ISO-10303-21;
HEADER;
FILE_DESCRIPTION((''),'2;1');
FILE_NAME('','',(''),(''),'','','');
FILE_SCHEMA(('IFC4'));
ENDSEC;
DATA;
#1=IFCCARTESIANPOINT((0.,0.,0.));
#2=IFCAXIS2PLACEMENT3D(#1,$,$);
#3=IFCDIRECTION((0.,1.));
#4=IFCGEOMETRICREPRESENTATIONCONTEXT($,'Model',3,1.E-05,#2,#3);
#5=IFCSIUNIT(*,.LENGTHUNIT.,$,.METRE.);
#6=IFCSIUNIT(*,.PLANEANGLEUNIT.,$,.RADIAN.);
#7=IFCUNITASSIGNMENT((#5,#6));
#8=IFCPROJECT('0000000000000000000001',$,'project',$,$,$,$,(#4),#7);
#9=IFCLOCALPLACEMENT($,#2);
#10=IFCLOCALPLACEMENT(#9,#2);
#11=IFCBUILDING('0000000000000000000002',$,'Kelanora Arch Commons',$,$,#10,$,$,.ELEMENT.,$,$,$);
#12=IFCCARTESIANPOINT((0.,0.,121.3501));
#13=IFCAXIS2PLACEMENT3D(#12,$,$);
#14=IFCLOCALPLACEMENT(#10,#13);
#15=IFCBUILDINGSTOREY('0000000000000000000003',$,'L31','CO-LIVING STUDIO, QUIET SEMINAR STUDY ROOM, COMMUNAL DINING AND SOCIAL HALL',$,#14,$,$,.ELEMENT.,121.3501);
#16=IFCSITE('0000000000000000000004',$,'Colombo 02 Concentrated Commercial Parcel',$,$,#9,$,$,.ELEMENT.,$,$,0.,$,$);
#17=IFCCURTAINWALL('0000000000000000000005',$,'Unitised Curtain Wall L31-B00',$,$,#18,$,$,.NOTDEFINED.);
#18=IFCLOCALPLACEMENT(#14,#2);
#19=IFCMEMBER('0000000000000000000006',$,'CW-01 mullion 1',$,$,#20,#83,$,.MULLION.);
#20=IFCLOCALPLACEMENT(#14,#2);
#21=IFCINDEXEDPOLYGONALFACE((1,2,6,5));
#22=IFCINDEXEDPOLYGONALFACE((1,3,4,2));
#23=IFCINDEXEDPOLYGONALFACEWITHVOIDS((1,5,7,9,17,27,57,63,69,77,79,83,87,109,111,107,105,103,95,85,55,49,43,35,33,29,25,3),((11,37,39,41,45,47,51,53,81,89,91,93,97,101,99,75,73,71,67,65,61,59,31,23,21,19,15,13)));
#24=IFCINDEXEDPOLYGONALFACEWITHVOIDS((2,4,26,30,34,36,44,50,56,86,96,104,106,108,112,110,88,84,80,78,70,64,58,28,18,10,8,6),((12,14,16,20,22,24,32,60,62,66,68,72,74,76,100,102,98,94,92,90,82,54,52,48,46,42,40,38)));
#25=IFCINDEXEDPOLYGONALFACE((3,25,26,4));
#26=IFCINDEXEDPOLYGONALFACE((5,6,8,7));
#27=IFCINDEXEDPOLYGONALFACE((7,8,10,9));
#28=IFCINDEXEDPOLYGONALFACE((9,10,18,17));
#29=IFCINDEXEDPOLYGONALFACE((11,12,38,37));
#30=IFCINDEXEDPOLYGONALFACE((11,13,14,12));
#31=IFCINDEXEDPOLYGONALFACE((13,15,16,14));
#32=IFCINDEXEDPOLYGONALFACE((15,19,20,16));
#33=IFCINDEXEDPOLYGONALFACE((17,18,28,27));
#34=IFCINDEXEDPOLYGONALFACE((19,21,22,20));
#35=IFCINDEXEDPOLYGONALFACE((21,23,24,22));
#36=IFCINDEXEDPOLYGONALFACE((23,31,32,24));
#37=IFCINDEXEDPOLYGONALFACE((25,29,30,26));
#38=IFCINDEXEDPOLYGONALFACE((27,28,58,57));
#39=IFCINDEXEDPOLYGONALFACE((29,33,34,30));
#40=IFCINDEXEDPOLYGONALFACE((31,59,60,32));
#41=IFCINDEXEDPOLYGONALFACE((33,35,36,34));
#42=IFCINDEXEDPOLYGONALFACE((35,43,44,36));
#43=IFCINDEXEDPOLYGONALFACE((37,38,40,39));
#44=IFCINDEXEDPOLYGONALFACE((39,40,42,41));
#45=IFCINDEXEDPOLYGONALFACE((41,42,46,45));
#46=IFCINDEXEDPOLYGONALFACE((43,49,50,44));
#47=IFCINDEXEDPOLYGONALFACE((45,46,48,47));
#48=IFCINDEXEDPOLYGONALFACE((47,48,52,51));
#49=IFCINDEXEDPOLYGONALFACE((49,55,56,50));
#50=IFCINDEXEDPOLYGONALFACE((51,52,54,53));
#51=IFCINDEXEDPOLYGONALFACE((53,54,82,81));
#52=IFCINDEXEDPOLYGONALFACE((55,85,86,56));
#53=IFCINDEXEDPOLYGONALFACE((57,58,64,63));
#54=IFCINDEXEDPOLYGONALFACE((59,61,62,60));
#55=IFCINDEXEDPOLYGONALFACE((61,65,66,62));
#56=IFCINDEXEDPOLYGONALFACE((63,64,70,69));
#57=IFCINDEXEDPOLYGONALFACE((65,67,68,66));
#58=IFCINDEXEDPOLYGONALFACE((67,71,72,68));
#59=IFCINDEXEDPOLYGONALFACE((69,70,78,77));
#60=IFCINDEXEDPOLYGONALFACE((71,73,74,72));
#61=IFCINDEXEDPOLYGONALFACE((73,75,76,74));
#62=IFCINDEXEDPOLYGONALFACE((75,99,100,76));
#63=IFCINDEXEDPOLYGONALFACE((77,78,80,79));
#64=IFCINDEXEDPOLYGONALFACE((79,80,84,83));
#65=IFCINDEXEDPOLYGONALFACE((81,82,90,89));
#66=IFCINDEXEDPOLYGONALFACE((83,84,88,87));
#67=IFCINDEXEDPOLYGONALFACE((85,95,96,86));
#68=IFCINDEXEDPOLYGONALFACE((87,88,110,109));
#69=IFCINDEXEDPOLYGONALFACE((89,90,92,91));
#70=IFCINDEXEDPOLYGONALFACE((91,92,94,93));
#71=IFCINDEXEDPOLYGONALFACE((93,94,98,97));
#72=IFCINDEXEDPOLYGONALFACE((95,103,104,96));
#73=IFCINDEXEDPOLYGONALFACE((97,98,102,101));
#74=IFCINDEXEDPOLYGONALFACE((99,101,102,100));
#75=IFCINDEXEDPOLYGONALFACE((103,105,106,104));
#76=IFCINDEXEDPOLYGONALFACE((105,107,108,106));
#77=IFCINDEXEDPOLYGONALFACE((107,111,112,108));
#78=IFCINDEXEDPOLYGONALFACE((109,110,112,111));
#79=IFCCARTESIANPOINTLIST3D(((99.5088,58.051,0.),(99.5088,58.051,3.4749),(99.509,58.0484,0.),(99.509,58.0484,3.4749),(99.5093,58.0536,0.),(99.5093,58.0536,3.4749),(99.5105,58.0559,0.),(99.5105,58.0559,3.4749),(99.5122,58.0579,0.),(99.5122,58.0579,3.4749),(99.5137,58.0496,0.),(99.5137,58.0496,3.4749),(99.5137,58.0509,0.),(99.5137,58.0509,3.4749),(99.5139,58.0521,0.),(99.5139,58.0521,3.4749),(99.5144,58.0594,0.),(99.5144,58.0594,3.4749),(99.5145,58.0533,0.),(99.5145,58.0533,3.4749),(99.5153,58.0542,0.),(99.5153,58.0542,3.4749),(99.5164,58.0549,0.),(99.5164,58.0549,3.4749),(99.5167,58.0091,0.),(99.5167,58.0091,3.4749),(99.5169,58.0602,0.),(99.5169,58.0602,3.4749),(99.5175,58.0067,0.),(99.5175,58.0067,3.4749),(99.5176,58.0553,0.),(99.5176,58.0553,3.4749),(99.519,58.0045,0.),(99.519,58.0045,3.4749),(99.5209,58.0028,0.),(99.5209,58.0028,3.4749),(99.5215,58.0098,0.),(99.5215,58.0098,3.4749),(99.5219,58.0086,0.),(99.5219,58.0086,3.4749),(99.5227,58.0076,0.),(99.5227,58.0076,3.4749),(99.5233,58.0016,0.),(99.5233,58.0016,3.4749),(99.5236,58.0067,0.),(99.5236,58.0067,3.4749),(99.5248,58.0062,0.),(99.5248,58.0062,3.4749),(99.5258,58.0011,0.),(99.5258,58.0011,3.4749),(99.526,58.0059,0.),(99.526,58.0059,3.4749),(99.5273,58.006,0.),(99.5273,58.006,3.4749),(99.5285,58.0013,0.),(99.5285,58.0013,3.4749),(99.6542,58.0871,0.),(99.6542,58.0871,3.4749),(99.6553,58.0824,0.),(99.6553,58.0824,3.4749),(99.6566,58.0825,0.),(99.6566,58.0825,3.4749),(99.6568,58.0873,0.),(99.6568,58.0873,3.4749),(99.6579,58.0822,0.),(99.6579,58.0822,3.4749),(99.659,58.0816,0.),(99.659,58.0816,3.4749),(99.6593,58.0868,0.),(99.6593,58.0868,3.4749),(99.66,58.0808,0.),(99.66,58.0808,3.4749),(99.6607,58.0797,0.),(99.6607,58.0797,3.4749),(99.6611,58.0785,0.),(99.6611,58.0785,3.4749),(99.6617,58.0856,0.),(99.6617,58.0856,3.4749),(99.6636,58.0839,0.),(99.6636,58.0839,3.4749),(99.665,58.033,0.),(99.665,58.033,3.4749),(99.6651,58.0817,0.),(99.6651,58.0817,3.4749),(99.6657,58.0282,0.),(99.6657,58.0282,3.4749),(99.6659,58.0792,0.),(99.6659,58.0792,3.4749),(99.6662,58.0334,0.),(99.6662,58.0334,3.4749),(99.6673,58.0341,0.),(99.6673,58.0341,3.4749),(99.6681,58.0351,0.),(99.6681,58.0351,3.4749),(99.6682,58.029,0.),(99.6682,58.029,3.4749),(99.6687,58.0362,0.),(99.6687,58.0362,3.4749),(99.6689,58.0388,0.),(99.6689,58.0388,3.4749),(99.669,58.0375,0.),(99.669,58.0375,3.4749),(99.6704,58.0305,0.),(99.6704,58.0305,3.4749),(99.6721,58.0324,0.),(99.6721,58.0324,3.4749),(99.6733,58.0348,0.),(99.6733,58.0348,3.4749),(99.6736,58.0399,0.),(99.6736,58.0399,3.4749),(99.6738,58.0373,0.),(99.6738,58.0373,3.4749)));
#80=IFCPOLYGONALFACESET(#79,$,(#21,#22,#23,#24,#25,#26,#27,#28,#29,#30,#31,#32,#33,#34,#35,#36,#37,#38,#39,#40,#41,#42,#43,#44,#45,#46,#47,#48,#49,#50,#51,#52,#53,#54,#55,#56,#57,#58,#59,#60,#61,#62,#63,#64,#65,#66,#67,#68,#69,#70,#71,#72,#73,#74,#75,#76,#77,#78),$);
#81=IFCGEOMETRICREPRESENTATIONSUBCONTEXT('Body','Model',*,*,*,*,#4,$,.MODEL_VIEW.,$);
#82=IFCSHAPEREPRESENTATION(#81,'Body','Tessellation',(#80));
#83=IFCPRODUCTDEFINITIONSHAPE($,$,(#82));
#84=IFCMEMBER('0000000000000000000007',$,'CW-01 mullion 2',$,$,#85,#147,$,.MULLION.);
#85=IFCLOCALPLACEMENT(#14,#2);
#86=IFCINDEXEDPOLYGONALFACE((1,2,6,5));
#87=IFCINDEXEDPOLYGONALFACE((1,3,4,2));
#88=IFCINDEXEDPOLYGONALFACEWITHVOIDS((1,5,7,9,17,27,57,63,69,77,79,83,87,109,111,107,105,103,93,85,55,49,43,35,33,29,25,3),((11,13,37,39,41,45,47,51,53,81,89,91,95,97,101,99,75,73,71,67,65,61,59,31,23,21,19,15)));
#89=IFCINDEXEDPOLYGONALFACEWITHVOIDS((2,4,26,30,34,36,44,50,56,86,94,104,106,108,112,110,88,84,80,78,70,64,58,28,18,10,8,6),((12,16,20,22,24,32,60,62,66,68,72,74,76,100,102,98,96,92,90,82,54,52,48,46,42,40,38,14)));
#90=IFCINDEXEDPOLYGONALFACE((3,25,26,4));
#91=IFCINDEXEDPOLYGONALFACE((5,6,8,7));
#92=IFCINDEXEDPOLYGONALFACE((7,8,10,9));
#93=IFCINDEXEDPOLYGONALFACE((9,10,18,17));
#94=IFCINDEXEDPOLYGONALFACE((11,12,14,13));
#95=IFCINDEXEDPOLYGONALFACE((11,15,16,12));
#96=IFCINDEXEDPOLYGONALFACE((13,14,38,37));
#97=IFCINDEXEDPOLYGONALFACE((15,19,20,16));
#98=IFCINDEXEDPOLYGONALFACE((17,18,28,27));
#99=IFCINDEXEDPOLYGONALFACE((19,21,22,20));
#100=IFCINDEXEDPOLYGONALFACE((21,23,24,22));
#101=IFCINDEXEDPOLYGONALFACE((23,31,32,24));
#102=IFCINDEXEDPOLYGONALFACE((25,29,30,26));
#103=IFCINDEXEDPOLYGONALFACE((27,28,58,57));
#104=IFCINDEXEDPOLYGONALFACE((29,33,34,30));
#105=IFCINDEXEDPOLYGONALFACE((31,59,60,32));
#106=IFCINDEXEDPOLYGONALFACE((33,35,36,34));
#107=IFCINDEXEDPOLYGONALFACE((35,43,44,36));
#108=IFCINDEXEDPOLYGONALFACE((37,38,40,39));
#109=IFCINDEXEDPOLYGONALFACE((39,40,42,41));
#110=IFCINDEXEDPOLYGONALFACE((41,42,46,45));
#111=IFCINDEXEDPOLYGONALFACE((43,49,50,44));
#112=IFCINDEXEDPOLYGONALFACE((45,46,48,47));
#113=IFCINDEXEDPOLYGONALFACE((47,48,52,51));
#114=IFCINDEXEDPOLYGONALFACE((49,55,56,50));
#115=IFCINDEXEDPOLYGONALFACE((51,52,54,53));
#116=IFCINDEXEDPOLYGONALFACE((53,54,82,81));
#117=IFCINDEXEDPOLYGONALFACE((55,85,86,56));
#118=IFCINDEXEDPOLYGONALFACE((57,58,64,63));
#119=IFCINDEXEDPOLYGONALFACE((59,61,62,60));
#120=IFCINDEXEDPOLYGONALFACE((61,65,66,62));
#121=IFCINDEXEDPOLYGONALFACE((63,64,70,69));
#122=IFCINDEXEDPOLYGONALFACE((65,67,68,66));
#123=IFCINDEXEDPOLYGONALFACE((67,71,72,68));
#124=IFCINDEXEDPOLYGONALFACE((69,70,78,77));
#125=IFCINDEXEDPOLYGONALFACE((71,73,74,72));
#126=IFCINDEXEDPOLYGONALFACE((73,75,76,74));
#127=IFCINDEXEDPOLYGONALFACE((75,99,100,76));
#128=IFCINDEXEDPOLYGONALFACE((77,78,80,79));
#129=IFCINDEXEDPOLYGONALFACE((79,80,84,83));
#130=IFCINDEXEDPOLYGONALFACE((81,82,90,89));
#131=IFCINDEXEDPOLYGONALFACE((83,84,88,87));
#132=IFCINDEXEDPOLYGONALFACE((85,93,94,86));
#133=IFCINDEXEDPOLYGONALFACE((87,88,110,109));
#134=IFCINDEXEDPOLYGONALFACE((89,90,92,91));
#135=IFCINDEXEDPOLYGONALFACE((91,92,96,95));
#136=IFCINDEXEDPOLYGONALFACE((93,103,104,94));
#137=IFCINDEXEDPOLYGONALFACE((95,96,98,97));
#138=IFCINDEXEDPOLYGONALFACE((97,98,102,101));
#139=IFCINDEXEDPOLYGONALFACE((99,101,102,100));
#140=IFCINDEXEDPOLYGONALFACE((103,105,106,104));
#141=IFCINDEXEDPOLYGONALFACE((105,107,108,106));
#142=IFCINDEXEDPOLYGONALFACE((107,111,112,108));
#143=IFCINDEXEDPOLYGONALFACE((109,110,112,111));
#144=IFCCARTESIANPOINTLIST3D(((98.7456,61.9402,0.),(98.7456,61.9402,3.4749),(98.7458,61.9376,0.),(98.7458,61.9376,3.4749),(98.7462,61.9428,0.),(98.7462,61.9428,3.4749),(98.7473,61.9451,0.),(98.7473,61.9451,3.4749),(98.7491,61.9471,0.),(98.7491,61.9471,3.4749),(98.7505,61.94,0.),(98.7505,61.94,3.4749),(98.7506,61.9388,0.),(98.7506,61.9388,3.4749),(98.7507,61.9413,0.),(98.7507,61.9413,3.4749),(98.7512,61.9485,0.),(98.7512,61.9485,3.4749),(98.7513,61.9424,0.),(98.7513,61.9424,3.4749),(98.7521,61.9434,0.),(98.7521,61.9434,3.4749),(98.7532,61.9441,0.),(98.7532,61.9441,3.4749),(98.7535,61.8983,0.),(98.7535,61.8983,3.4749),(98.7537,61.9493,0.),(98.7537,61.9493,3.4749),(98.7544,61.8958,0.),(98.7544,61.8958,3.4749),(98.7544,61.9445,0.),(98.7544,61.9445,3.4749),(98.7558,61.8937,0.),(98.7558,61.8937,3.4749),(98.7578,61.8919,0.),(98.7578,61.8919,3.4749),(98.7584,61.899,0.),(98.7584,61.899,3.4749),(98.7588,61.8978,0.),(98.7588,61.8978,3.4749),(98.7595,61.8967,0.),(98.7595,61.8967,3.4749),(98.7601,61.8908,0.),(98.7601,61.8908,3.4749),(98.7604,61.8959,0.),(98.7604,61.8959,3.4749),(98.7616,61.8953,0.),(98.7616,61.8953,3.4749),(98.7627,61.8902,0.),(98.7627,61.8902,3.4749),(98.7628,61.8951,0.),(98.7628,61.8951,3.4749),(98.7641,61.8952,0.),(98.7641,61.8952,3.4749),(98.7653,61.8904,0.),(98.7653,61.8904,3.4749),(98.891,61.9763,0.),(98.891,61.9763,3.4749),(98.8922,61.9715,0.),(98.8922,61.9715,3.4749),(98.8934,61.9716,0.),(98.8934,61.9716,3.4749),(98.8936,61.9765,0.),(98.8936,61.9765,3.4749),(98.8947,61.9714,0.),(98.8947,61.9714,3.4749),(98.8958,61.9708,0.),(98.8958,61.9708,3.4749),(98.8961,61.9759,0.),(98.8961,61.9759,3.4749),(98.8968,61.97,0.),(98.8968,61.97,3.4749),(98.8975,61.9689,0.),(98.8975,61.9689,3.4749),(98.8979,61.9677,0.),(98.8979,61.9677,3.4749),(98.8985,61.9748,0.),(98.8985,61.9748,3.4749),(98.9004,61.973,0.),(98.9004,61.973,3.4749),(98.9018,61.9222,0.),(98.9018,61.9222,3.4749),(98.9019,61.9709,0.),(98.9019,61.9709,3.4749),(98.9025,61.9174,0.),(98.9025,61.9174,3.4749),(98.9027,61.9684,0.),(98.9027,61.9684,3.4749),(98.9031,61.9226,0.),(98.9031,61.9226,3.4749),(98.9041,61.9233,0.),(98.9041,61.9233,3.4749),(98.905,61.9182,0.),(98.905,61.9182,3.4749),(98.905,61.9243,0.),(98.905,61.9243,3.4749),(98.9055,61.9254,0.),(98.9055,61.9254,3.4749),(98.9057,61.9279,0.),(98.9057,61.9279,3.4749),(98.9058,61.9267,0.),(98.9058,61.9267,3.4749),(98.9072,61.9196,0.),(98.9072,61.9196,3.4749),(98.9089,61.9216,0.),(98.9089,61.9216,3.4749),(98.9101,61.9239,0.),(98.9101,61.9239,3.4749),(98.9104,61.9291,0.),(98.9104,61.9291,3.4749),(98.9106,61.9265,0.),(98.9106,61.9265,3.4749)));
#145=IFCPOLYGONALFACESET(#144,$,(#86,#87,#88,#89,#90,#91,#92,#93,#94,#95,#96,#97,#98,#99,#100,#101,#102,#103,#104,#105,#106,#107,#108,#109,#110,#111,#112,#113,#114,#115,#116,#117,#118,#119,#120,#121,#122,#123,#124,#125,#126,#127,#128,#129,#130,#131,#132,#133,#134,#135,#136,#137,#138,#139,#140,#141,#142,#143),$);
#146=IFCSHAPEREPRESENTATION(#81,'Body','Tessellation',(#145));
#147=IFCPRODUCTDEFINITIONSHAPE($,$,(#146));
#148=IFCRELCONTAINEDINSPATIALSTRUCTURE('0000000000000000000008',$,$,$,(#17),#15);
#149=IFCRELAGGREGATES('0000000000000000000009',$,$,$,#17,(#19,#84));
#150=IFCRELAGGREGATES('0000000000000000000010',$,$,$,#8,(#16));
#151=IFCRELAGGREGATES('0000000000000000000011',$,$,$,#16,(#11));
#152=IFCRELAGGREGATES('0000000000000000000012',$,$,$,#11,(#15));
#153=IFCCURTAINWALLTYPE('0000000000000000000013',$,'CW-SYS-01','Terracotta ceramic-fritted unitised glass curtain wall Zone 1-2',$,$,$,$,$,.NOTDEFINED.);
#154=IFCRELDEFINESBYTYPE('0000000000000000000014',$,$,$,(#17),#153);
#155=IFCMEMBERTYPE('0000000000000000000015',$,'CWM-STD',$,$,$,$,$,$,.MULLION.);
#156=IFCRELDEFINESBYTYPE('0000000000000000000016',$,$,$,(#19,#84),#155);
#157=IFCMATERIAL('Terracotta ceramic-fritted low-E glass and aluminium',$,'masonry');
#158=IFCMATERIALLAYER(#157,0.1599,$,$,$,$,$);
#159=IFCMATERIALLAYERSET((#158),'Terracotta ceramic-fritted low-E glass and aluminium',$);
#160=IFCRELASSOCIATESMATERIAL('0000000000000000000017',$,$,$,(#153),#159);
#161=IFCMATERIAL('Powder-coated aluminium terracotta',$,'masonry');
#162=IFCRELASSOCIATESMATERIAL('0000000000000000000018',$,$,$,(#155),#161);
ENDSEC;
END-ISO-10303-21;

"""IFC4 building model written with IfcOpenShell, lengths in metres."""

from ifc_helpers import new_model, si_unit, direction, frame, origin, origin_2d, place, context, subcontext, project, spatial, hollow_rectangle, extrude, material, layer, layer_set, material_profile, profile_set, type_object, element, aggregate, save


model = new_model("IFC4")

# Units and contexts
model_context = context("Model", 3, precision=1e-05, world=origin(), true_north=direction((0.0, 1.0)))
body_context = subcontext(model_context, "Body", "Model", "MODEL_VIEW")
ifc_project = project(units=[si_unit("LENGTHUNIT", "METRE"), si_unit("PLANEANGLEUNIT", "RADIAN")], contexts=[model_context])

# Site, building, storey
site_placement = place(None, origin())
site = spatial("IfcSite", under=ifc_project, at=site_placement, Name="Colombo 02 Concentrated Commercial Parcel", CompositionType="ELEMENT", RefElevation=0.0)
building_placement = place(site_placement, origin())
building = spatial("IfcBuilding", under=site, at=building_placement, Name="Kelanora Arch Commons", CompositionType="ELEMENT")
storey_placement = place(building_placement, frame((0.0, 0.0, 121.3501)))
storey = spatial("IfcBuildingStorey", under=building, at=storey_placement, Name="L31", Description="CO-LIVING STUDIO, QUIET SEMINAR STUDY ROOM, COMMUNAL DINING AND SOCIAL HALL", CompositionType="ELEMENT", Elevation=121.3501)

# Curtain wall, members
ifc_material_1 = material(Name="Terracotta ceramic-fritted low-E glass and aluminium", Category="masonry")
ifc_layer_1 = layer(ifc_material_1, 0.1599)
ifc_layer_set_1 = layer_set([ifc_layer_1], Name="Terracotta ceramic-fritted low-E glass and aluminium")
curtain_wall_type = type_object("IfcCurtainWallType", Name="CW-SYS-01", Description="Terracotta ceramic-fritted unitised glass curtain wall Zone 1-2", PredefinedType="NOTDEFINED", material=ifc_layer_set_1)
curtain_wall_placement = place(storey_placement, origin())
curtain_wall = element("IfcCurtainWall", 1, at=curtain_wall_placement, inside=storey, type_object=curtain_wall_type, Name="Unitised Curtain Wall L31-B00", PredefinedType="NOTDEFINED")
ifc_material_2 = material(Name="Powder-coated aluminium terracotta", Category="masonry")
ifc_material_profile_1 = material_profile(ifc_material_2, hollow_rectangle(XDim=0.1599, YDim=0.0601, WallThickness=0.0049, InnerFilletRadius=0.0049, OuterFilletRadius=0.01, at=origin_2d()), Name="CWM160x60")
ifc_profile_set_1 = profile_set([ifc_material_profile_1], Name="Powder-coated aluminium terracotta")
member_type_1 = type_object("IfcMemberType", Name="CWM-STD", PredefinedType="MULLION", material=ifc_profile_set_1)
member_1_placement = place(storey_placement, frame((99.5913, 58.0442, 0.0), z_axis=(0.0, 0.0, 1.0), x_axis=(-0.98128, -0.192585, 0.0)))
member_1 = element("IfcMember", 2, at=member_1_placement, type_object=member_type_1, Name="CW-01 mullion 1", PredefinedType="MULLION", context=body_context, shape_type="SweptSolid", body=[
    extrude(hollow_rectangle(XDim=0.1599, YDim=0.0601, WallThickness=0.0049, InnerFilletRadius=0.0049, OuterFilletRadius=0.01, at=origin_2d()), origin(), (0.0, 0.0, 1.0), 3.4749),
])
member_2_placement = place(storey_placement, frame((98.8281, 61.9333, 0.0), z_axis=(0.0, 0.0, 1.0), x_axis=(-0.98128, -0.192585, 0.0)))
member_2 = element("IfcMember", 3, at=member_2_placement, type_object=member_type_1, Name="CW-01 mullion 2", PredefinedType="MULLION", context=body_context, shape_type="SweptSolid", body=[
    extrude(hollow_rectangle(XDim=0.1599, YDim=0.0601, WallThickness=0.0049, InnerFilletRadius=0.0049, OuterFilletRadius=0.01, at=origin_2d()), origin(), (0.0, 0.0, 1.0), 3.4749),
])
aggregate(curtain_wall, [member_1, member_2])

save(model, "model.ifc")
